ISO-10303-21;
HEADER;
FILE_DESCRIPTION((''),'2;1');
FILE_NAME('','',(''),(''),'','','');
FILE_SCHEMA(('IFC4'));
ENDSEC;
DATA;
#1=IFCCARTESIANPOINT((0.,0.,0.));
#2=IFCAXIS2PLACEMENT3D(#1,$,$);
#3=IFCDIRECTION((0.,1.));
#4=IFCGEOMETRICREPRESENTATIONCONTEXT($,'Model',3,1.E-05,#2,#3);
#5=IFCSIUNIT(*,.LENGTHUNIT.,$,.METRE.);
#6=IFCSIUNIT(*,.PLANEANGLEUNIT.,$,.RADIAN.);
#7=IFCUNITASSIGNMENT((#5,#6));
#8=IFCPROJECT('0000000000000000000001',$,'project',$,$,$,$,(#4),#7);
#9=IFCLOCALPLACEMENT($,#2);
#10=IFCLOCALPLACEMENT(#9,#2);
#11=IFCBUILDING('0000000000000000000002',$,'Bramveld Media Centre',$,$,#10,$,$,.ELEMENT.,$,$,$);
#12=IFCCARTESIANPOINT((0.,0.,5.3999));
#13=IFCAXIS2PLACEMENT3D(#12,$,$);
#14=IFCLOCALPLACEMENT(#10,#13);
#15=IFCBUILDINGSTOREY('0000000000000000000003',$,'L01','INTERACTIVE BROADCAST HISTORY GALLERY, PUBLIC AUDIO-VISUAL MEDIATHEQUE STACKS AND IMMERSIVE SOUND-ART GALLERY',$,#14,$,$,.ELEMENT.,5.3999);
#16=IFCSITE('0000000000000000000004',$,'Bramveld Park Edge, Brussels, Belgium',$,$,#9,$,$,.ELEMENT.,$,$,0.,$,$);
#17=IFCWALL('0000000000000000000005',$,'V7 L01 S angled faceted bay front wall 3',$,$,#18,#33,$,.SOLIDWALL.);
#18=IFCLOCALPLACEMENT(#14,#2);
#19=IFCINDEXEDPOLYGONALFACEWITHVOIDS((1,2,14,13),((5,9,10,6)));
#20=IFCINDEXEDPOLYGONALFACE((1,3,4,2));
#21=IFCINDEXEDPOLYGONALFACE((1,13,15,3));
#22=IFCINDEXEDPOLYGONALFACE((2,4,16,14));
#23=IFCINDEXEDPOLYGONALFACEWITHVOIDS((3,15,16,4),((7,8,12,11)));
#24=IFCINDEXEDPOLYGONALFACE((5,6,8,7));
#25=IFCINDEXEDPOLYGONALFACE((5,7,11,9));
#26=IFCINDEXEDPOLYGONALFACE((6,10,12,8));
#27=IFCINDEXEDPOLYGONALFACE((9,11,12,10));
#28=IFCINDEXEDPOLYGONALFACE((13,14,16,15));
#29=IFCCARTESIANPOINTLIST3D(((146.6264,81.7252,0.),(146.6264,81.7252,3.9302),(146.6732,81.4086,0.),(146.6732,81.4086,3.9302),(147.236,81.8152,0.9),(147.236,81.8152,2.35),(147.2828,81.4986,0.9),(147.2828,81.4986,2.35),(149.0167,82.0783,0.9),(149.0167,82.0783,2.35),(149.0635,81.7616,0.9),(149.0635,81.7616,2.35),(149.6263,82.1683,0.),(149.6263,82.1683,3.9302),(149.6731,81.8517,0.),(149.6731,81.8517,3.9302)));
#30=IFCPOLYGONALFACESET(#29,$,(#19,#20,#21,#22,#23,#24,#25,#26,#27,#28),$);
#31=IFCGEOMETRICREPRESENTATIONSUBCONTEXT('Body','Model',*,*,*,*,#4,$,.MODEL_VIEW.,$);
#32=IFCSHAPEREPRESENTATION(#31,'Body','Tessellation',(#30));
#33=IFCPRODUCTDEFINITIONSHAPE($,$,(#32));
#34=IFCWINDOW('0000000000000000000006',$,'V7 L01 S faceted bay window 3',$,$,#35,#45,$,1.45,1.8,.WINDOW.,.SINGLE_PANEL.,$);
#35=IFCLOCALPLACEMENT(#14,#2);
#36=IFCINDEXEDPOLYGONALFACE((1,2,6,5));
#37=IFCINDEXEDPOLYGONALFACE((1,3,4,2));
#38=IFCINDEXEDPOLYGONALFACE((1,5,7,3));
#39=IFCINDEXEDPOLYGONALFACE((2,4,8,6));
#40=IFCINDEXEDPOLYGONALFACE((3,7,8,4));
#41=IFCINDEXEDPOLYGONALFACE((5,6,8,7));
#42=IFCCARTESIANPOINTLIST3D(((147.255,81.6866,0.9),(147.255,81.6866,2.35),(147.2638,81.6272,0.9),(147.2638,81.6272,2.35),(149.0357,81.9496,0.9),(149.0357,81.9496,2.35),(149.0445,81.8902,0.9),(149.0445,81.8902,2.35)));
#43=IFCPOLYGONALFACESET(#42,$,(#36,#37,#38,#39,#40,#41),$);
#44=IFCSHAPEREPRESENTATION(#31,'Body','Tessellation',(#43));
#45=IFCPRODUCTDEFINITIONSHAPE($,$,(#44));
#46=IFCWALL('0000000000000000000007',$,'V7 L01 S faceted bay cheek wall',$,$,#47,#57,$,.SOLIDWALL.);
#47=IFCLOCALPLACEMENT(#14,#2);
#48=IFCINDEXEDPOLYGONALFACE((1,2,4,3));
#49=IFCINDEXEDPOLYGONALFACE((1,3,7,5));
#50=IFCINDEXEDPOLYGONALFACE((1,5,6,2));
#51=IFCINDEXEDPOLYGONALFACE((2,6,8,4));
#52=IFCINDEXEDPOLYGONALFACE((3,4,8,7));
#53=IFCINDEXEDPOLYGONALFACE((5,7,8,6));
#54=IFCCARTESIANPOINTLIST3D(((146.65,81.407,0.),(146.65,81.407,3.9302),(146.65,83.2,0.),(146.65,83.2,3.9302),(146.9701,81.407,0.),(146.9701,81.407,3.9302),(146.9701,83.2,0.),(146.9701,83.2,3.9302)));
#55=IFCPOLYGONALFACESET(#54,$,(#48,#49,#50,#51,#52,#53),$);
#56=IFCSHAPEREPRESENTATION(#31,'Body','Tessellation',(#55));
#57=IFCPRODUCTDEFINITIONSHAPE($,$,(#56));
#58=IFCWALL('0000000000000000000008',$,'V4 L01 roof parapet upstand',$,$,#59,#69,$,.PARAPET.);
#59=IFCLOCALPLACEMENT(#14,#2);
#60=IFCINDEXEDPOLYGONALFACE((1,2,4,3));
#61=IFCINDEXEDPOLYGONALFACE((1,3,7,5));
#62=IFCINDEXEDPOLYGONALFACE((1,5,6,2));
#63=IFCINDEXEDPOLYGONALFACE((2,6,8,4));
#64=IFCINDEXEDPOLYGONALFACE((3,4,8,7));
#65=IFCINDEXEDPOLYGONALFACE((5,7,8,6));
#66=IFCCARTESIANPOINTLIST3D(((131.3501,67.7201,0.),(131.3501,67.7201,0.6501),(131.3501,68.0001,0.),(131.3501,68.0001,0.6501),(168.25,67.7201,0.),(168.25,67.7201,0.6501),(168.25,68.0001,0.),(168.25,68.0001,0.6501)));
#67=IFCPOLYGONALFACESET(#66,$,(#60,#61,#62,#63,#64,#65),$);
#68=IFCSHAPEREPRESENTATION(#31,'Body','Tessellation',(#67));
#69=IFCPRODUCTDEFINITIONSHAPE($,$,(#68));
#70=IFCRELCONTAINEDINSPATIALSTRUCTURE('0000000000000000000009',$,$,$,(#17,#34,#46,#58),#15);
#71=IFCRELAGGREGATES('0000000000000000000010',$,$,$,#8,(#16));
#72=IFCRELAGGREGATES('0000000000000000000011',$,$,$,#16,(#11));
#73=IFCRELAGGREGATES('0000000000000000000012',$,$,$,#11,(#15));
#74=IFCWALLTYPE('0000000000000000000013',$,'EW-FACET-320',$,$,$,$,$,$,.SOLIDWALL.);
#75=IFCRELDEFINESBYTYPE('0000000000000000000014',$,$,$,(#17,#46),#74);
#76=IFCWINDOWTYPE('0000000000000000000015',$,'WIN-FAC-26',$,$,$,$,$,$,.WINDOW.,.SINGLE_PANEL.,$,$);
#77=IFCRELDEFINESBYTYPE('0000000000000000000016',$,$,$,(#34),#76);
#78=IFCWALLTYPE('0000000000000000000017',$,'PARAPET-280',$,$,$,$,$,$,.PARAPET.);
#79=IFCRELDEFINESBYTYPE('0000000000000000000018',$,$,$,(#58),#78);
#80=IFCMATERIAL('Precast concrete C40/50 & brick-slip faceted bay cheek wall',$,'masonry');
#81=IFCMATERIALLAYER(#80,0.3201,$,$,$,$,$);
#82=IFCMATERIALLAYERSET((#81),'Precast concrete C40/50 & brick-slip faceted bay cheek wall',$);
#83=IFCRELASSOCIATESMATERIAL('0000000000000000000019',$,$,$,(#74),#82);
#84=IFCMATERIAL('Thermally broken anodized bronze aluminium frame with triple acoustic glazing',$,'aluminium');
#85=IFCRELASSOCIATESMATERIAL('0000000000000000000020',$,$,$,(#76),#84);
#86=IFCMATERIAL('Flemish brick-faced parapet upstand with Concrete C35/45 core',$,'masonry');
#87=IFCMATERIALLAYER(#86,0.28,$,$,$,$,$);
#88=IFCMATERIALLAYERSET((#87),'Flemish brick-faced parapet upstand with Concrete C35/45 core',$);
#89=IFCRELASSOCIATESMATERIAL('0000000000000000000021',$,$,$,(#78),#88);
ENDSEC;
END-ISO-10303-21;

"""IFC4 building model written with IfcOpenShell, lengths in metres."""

from ifc_helpers import new_model, si_unit, direction, frame, frame_2d, origin, place, context, subcontext, project, spatial, rectangle, extrude, material, layer, layer_set, type_object, element, fill, save


model = new_model("IFC4")

# Units and contexts
model_context = context("Model", 3, precision=1e-05, world=origin(), true_north=direction((0.0, 1.0)))
body_context = subcontext(model_context, "Body", "Model", "MODEL_VIEW")
ifc_project = project(units=[si_unit("LENGTHUNIT", "METRE"), si_unit("PLANEANGLEUNIT", "RADIAN")], contexts=[model_context])

# Site, building, storey
site_placement = place(None, origin())
site = spatial("IfcSite", under=ifc_project, at=site_placement, Name="Bramveld Park Edge, Brussels, Belgium", CompositionType="ELEMENT", RefElevation=0.0)
building_placement = place(site_placement, origin())
building = spatial("IfcBuilding", under=site, at=building_placement, Name="Bramveld Media Centre", CompositionType="ELEMENT")
storey_placement = place(building_placement, frame((0.0, 0.0, 5.3999)))
storey = spatial("IfcBuildingStorey", under=building, at=storey_placement, Name="L01", Description="INTERACTIVE BROADCAST HISTORY GALLERY, PUBLIC AUDIO-VISUAL MEDIATHEQUE STACKS AND IMMERSIVE SOUND-ART GALLERY", CompositionType="ELEMENT", Elevation=5.3999)

# Shared definitions
ifc_material_1 = material(Name="Precast concrete C40/50 & brick-slip faceted bay cheek wall", Category="masonry")
ifc_layer_1 = layer(ifc_material_1, 0.3201)
ifc_layer_set_1 = layer_set([ifc_layer_1], Name="Precast concrete C40/50 & brick-slip faceted bay cheek wall")
wall_type_1 = type_object("IfcWallType", Name="EW-FACET-320", PredefinedType="SOLIDWALL", material=ifc_layer_set_1)

# Wall, opening, window
wall_1_placement = place(storey_placement, frame((146.6499, 81.5669, 0.0), z_axis=(0.0, 0.0, 1.0), x_axis=(0.989267, 0.14612, 0.0)))
wall_1 = element("IfcWall", 1, at=wall_1_placement, inside=storey, type_object=wall_type_1, Name="V7 L01 S angled faceted bay front wall 3", PredefinedType="SOLIDWALL", context=body_context, shape_type="SweptSolid", body=[
    extrude(rectangle(XDim=3.0325, YDim=0.3201, at=frame_2d((1.5161, 0.0))), origin(), (0.0, 0.0, 1.0), 3.9302),
])
opening_1_placement = place(wall_1_placement, frame((0.6162, 0.0, 0.8999)))
opening_1 = element("IfcOpeningElement", 2, at=opening_1_placement, cuts=wall_1, PredefinedType="OPENING", context=body_context, shape_type="SweptSolid", body=[
    extrude(rectangle(XDim=1.8, YDim=1.45, at=frame_2d((0.8999, 0.7251))), frame((0.0, 0.1719, 0.0), z_axis=(0.0, -1.0, 0.0), x_axis=(1.0, 0.0, 0.0)), (0.0, 0.0, 1.0), 0.344),
])
ifc_material_2 = material(Name="Thermally broken anodized bronze aluminium frame with triple acoustic glazing", Category="aluminium")
window_type_1 = type_object("IfcWindowType", Name="WIN-FAC-26", PartitioningType="SINGLE_PANEL", PredefinedType="WINDOW", material=ifc_material_2)
window_1_placement = place(opening_1_placement, origin())
window_1 = element("IfcWindow", 3, at=window_1_placement, inside=storey, type_object=window_type_1, Name="V7 L01 S faceted bay window 3", OverallHeight=1.45, OverallWidth=1.8, PartitioningType="SINGLE_PANEL", PredefinedType="WINDOW", context=body_context, shape_type="SweptSolid", body=[
    extrude(rectangle(XDim=1.8, YDim=1.45, at=frame_2d((0.8999, 0.7251))), frame((0.0, 0.03, 0.0), z_axis=(0.0, -1.0, 0.0), x_axis=(1.0, 0.0, 0.0)), (0.0, 0.0, 1.0), 0.0601),
])
fill(opening_1, window_1)

# Walls
wall_2_placement = place(storey_placement, frame((146.8101, 83.2, 0.0), z_axis=(0.0, 0.0, 1.0), x_axis=(0.0, -1.0, 0.0)))
element("IfcWall", 4, at=wall_2_placement, inside=storey, type_object=wall_type_1, Name="V7 L01 S faceted bay cheek wall", PredefinedType="SOLIDWALL", context=body_context, shape_type="SweptSolid", body=[
    extrude(rectangle(XDim=1.793, YDim=0.3201, at=frame_2d((0.8965, 0.0))), origin(), (0.0, 0.0, 1.0), 3.9302),
])
ifc_material_3 = material(Name="Flemish brick-faced parapet upstand with Concrete C35/45 core", Category="masonry")
ifc_layer_2 = layer(ifc_material_3, 0.28)
ifc_layer_set_2 = layer_set([ifc_layer_2], Name="Flemish brick-faced parapet upstand with Concrete C35/45 core")
wall_type_2 = type_object("IfcWallType", Name="PARAPET-280", PredefinedType="PARAPET", material=ifc_layer_set_2)
wall_3_placement = place(storey_placement, frame((131.3501, 67.8601, 0.0), z_axis=(0.0, 0.0, 1.0), x_axis=(1.0, 0.0, 0.0)))
element("IfcWall", 5, at=wall_3_placement, inside=storey, type_object=wall_type_2, Name="V4 L01 roof parapet upstand", PredefinedType="PARAPET", context=body_context, shape_type="SweptSolid", body=[
    extrude(rectangle(XDim=36.8999, YDim=0.28, at=frame_2d((18.45, 0.0))), origin(), (0.0, 0.0, 1.0), 0.6501),
])

save(model, "model.ifc")
